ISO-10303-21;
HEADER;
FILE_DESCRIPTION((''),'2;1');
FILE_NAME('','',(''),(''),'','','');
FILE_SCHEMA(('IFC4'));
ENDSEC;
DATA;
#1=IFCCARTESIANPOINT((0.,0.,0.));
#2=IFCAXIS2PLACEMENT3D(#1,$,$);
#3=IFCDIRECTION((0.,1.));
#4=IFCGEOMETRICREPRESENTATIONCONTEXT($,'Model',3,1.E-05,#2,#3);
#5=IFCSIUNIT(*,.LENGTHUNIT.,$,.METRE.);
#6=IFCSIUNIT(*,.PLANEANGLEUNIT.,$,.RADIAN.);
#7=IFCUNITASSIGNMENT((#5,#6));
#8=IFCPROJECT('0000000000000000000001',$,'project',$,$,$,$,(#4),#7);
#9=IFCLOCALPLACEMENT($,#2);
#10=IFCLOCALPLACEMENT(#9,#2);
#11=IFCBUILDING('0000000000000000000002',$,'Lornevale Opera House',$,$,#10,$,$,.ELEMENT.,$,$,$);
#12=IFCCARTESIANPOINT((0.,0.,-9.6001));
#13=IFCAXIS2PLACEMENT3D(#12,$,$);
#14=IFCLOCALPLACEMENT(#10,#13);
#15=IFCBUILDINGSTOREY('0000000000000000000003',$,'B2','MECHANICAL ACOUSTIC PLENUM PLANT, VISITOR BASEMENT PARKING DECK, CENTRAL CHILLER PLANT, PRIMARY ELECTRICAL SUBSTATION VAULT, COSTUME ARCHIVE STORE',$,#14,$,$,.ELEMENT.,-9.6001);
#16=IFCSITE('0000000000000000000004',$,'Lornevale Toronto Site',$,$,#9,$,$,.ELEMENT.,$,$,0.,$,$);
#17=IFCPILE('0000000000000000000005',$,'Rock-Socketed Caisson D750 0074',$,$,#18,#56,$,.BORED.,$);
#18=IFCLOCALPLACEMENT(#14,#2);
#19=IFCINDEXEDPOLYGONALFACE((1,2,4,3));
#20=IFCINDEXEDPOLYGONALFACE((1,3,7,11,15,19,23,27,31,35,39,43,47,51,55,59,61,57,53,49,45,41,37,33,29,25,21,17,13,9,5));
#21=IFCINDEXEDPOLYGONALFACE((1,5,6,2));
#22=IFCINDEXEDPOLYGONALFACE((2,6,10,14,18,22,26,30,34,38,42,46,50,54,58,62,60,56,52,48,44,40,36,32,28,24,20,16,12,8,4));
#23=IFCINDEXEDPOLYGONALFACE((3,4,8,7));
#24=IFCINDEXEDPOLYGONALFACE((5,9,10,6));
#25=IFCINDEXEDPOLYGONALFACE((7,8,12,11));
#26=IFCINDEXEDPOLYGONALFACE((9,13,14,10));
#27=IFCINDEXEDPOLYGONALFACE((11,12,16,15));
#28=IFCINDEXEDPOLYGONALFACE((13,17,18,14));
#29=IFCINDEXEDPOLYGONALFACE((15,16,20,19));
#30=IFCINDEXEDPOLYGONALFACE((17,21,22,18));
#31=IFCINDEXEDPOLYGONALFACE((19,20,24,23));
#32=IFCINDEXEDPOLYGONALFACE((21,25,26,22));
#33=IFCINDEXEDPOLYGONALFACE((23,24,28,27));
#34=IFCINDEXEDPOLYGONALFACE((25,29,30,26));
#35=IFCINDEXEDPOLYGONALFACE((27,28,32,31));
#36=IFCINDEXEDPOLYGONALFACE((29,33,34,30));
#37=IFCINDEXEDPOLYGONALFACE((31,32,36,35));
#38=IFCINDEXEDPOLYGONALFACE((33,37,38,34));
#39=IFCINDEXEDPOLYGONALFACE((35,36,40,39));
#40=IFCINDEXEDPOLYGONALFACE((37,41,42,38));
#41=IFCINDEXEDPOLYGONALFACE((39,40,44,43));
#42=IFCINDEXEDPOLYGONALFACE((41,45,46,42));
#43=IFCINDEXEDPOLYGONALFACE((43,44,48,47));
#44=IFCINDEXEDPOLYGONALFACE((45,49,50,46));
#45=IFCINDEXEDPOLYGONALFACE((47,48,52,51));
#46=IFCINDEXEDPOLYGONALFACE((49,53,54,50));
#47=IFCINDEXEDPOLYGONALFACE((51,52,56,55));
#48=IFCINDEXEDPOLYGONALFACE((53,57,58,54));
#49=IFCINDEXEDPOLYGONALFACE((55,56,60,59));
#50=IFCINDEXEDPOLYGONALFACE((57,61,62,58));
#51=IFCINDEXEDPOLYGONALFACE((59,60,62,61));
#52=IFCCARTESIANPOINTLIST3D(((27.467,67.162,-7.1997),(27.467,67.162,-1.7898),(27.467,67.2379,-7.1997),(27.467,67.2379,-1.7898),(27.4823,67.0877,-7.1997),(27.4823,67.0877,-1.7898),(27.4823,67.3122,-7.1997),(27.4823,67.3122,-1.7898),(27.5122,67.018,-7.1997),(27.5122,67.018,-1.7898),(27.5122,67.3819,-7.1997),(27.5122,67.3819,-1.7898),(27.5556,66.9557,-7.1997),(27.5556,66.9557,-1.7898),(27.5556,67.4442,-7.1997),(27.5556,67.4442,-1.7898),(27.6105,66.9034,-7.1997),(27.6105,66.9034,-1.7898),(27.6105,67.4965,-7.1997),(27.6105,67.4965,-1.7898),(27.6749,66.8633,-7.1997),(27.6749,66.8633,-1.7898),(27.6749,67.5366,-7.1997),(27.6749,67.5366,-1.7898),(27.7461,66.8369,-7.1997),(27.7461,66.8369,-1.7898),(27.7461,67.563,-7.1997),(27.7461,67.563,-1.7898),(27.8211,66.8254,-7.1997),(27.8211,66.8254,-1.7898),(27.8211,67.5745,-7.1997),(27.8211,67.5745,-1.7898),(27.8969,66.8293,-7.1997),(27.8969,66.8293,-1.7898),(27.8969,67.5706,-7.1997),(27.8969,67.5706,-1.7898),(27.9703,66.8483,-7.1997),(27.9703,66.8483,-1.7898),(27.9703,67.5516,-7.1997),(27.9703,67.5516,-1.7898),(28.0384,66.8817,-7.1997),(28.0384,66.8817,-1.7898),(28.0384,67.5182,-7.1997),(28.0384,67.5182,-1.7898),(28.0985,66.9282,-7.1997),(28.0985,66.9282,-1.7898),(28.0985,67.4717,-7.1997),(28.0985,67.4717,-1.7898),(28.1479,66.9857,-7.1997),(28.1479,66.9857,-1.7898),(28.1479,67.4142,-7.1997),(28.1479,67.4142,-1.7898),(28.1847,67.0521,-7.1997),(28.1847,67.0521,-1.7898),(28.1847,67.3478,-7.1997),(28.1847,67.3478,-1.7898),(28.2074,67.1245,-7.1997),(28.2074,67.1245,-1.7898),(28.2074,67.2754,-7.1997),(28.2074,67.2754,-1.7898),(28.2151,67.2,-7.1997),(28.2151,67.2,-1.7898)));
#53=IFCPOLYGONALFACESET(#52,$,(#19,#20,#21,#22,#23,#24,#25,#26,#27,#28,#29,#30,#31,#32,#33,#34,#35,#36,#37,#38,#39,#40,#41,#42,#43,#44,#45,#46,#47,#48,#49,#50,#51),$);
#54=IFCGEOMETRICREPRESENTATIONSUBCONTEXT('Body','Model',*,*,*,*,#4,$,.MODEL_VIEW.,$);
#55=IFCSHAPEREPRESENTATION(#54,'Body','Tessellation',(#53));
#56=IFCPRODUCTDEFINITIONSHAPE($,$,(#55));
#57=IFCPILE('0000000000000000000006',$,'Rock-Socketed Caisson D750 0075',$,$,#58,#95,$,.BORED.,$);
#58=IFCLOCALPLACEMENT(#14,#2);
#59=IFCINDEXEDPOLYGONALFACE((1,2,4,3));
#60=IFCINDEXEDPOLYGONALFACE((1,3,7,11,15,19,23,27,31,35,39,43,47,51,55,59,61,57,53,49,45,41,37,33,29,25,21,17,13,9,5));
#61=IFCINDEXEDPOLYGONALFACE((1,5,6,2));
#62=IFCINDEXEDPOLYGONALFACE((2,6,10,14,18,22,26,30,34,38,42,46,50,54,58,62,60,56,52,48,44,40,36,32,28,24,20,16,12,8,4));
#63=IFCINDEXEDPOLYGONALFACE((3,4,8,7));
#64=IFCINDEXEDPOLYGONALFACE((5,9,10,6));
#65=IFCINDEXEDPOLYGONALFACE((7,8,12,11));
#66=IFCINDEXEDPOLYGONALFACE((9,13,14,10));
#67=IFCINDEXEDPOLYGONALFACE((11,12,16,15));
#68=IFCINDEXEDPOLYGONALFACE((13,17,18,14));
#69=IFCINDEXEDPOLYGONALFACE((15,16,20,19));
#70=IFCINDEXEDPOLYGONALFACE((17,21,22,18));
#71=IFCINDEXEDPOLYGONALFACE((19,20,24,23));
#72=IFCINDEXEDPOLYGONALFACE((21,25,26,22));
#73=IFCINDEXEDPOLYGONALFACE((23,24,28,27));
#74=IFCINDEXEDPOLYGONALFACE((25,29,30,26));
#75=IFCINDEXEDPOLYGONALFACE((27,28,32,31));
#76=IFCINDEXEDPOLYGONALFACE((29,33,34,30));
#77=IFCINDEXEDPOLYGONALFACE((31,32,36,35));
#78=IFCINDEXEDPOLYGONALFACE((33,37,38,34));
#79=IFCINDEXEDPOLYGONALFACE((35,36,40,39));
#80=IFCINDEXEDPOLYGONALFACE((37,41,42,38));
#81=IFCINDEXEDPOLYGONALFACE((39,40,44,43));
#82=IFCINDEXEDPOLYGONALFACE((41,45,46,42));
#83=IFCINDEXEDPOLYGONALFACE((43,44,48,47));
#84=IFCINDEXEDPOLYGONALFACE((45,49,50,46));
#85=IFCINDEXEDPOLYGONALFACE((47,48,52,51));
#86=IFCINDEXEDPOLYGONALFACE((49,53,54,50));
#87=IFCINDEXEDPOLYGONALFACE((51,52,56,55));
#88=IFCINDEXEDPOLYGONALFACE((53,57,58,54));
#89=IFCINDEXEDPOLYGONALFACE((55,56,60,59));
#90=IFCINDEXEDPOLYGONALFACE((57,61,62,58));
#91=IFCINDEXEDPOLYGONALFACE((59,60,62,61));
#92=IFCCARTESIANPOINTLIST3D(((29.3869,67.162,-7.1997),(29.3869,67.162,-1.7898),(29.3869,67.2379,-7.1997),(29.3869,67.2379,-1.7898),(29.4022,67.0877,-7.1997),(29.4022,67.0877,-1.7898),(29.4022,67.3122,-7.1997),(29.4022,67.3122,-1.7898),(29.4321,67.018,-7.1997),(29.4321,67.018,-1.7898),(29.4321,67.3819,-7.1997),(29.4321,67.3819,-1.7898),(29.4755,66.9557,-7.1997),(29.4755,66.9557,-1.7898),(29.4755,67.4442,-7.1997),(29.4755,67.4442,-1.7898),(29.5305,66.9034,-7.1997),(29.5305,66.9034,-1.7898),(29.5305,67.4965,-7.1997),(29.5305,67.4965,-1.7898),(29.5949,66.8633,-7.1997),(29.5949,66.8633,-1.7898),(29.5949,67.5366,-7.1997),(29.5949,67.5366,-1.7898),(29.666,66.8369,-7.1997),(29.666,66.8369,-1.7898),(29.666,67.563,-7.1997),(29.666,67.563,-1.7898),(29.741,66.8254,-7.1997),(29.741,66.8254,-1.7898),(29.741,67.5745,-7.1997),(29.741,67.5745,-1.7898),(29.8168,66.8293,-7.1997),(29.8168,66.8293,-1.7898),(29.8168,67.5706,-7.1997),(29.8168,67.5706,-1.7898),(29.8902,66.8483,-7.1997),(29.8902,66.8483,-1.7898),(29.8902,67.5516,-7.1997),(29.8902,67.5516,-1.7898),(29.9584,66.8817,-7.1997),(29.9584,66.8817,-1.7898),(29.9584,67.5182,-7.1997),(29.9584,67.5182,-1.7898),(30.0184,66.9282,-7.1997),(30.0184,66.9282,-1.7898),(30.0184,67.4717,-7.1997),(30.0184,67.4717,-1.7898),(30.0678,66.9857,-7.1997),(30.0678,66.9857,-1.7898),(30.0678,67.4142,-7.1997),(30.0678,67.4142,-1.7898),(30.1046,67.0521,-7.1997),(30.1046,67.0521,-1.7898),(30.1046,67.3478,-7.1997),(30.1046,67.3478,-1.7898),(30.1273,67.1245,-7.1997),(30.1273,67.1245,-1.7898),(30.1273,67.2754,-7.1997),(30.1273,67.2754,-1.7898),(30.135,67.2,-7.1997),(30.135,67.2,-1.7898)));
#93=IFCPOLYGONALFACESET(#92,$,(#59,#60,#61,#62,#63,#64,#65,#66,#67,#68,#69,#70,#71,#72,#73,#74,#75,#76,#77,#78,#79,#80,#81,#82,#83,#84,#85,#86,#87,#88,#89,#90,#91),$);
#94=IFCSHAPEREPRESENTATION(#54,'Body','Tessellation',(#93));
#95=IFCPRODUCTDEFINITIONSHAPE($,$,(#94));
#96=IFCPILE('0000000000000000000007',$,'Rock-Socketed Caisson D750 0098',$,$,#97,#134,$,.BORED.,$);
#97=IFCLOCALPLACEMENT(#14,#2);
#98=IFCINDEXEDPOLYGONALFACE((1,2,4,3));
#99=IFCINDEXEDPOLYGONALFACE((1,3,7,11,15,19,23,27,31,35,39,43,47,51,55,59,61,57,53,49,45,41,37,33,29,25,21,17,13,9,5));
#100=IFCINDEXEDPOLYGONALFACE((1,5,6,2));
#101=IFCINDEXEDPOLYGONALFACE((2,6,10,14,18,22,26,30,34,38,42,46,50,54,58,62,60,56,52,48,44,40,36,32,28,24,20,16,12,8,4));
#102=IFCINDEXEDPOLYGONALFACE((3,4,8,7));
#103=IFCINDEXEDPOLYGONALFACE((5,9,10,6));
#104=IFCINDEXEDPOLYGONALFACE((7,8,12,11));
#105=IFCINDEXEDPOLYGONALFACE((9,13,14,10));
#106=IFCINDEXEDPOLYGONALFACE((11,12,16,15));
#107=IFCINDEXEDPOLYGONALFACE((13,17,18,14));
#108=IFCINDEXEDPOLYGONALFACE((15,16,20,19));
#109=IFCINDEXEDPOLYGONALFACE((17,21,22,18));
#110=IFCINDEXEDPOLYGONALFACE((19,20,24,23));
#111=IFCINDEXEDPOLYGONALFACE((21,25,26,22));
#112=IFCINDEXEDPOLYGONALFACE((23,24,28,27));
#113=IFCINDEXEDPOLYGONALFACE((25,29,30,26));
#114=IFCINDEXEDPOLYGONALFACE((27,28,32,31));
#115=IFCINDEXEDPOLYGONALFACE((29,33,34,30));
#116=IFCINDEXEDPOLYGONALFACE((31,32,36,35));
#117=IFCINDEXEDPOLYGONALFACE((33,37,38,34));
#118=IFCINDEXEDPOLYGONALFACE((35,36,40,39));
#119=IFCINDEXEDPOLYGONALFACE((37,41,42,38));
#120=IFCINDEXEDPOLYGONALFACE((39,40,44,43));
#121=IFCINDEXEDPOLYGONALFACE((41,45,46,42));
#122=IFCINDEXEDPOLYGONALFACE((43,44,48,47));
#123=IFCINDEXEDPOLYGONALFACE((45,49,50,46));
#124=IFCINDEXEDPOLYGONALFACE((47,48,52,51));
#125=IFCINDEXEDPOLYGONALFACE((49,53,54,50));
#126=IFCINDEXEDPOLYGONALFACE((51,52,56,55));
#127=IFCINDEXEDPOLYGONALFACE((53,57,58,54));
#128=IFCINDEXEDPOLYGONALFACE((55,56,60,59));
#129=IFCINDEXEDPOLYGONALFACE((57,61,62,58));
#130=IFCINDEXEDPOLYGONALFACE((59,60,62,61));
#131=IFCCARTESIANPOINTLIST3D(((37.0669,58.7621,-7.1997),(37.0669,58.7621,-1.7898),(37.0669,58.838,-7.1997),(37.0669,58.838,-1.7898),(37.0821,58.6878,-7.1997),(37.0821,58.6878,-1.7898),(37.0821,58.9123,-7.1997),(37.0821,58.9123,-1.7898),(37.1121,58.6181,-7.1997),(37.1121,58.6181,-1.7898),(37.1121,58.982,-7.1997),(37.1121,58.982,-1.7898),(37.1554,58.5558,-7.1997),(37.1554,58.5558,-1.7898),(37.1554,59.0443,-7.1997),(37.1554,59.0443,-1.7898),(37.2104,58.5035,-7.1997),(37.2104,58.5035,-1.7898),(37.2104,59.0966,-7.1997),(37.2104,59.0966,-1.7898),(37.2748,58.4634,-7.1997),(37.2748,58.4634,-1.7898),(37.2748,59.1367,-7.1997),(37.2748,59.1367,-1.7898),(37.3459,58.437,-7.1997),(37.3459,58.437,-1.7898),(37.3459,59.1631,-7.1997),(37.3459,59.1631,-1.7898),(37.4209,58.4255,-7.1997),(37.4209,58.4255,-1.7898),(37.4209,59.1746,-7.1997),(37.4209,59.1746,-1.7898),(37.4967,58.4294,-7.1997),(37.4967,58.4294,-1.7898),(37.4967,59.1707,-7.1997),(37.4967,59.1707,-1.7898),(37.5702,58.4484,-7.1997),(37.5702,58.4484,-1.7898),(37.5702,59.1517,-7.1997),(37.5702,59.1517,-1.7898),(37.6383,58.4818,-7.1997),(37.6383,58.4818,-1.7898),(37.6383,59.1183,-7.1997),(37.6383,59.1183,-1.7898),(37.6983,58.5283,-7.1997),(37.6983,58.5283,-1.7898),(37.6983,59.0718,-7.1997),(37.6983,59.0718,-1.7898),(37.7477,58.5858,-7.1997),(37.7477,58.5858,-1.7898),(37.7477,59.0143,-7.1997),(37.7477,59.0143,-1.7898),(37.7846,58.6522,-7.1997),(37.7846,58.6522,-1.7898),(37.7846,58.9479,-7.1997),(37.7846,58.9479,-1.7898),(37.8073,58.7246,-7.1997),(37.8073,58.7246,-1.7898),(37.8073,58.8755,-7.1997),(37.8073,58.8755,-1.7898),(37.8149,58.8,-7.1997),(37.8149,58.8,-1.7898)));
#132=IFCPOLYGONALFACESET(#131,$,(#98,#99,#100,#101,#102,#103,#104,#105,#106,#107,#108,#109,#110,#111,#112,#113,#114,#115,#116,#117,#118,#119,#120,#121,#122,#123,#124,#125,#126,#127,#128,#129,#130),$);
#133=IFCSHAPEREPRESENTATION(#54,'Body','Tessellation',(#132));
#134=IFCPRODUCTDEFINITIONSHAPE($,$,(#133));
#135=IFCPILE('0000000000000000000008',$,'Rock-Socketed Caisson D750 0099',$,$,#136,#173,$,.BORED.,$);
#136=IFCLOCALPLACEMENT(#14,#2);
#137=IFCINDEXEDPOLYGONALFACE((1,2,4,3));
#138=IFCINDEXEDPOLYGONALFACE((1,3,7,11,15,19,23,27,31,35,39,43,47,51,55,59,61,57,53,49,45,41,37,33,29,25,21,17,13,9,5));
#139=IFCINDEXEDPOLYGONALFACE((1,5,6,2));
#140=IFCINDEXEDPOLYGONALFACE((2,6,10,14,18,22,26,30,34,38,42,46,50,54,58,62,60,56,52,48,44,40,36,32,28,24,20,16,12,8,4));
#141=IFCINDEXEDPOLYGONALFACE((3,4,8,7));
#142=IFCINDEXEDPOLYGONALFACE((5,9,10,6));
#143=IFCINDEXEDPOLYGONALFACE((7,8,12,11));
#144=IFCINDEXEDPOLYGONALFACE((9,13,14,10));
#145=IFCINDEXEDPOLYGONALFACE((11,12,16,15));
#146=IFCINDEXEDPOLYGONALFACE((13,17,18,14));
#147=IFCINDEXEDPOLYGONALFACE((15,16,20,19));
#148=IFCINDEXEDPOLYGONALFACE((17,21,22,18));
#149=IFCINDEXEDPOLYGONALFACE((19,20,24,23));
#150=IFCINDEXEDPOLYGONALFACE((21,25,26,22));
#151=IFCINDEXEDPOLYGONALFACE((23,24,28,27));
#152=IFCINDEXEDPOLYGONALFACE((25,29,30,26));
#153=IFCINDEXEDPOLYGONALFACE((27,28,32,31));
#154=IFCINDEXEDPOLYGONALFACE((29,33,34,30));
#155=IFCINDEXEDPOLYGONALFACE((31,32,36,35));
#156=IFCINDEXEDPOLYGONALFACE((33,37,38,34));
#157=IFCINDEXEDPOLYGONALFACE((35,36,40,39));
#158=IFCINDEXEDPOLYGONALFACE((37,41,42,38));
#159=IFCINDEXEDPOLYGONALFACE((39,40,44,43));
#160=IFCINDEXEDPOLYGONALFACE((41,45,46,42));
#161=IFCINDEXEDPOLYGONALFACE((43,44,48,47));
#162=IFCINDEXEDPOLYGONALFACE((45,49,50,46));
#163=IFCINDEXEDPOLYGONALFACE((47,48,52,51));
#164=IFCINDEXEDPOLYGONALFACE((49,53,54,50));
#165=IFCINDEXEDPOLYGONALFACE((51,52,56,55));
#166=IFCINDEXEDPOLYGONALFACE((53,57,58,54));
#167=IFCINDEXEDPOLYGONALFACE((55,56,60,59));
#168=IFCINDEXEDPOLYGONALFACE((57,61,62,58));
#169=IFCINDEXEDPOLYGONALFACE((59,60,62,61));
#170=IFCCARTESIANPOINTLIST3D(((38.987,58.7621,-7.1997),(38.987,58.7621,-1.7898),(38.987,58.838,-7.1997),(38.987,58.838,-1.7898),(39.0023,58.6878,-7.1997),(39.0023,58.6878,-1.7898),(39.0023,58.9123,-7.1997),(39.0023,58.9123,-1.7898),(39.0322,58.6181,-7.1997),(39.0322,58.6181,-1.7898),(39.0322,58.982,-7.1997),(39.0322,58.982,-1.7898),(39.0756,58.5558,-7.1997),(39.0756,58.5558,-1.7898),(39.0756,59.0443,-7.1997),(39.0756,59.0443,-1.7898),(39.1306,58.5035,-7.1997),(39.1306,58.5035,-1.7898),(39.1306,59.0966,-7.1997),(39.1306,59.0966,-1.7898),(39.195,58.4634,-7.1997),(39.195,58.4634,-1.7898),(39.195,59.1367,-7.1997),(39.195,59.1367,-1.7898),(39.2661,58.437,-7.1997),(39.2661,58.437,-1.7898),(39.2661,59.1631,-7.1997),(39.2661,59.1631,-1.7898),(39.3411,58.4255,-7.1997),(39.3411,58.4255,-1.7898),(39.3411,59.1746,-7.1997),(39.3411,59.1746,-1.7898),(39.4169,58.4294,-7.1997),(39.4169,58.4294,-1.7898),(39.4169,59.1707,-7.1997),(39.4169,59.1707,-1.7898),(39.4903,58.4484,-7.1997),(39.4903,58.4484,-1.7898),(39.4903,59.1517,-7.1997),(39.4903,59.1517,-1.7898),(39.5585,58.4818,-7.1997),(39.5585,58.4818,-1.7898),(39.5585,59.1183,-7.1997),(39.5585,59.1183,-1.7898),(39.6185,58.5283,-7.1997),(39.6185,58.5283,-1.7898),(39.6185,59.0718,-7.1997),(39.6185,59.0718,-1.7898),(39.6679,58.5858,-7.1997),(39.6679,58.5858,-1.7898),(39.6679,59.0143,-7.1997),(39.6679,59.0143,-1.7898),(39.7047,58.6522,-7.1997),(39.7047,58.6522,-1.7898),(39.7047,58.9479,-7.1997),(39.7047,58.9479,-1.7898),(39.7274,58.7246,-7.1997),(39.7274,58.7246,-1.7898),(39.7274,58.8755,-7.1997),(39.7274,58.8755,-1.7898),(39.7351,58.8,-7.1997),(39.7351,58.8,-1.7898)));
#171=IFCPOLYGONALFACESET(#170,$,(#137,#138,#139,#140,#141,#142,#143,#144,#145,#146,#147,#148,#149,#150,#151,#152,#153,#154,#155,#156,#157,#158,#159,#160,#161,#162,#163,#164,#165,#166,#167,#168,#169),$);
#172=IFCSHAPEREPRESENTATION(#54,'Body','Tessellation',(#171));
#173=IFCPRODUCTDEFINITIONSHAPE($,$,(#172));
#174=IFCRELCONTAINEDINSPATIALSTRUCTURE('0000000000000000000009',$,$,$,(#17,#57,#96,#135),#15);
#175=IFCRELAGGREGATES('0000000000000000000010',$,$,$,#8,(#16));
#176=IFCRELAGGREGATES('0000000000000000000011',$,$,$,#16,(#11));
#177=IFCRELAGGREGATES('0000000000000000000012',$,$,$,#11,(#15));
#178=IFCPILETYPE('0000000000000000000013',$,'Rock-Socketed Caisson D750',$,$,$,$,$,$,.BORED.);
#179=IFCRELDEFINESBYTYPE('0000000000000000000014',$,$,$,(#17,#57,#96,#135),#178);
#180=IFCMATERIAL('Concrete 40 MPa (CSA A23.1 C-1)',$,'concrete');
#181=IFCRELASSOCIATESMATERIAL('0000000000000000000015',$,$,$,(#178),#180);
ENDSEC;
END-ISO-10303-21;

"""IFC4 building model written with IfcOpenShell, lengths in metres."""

from ifc_helpers import new_model, si_unit, direction, frame, origin, origin_2d, place, context, subcontext, project, spatial, circle, extrude, material, material_profile, profile_set, type_object, element, save


model = new_model("IFC4")

# Units and contexts
model_context = context("Model", 3, precision=1e-05, world=origin(), true_north=direction((0.0, 1.0)))
body_context = subcontext(model_context, "Body", "Model", "MODEL_VIEW")
ifc_project = project(units=[si_unit("LENGTHUNIT", "METRE"), si_unit("PLANEANGLEUNIT", "RADIAN")], contexts=[model_context])

# Site, building, storey
site_placement = place(None, origin())
site = spatial("IfcSite", under=ifc_project, at=site_placement, Name="Lornevale Toronto Site", CompositionType="ELEMENT", RefElevation=0.0)
building_placement = place(site_placement, origin())
building = spatial("IfcBuilding", under=site, at=building_placement, Name="Lornevale Opera House", CompositionType="ELEMENT")
storey_placement = place(building_placement, frame((0.0, 0.0, -9.6001)))
storey = spatial("IfcBuildingStorey", under=building, at=storey_placement, Name="B2", Description="MECHANICAL ACOUSTIC PLENUM PLANT, VISITOR BASEMENT PARKING DECK, CENTRAL CHILLER PLANT, PRIMARY ELECTRICAL SUBSTATION VAULT, COSTUME ARCHIVE STORE", CompositionType="ELEMENT", Elevation=-9.6001)

# Piles
ifc_material_1 = material(Name="Concrete 40 MPa (CSA A23.1 C-1)", Category="concrete")
ifc_material_profile_1 = material_profile(ifc_material_1, circle(Radius=0.375, at=origin_2d()), Name="CAIS750")
ifc_profile_set_1 = profile_set([ifc_material_profile_1], Name="Concrete 40 MPa (CSA A23.1 C-1)")
pile_type_1 = type_object("IfcPileType", Name="Rock-Socketed Caisson D750", PredefinedType="BORED", material=ifc_profile_set_1)
for number, where, z_axis, x_axis, name in (
    (1, (27.8401, 67.2, -1.7898), (0.0, 0.0, -1.0), (1.0, 0.0, 0.0), "Rock-Socketed Caisson D750 0074"),
    (2, (29.76, 67.2, -1.7898), (0.0, 0.0, -1.0), (1.0, 0.0, 0.0), "Rock-Socketed Caisson D750 0075"),
    (3, (37.4399, 58.8, -1.7898), (0.0, 0.0, -1.0), (1.0, 0.0, 0.0), "Rock-Socketed Caisson D750 0098"),
    (4, (39.3601, 58.8, -1.7898), (0.0, 0.0, -1.0), (1.0, 0.0, 0.0), "Rock-Socketed Caisson D750 0099"),
):
    element("IfcPile", number, at=place(storey_placement, frame(where, z_axis=z_axis, x_axis=x_axis)), inside=storey, type_object=pile_type_1, Name=name, PredefinedType="BORED", context=body_context, shape_type="SweptSolid", body=[
        extrude(circle(Radius=0.375, at=origin_2d()), origin(), (0.0, 0.0, 1.0), 5.4099),
    ])

save(model, "model.ifc")
